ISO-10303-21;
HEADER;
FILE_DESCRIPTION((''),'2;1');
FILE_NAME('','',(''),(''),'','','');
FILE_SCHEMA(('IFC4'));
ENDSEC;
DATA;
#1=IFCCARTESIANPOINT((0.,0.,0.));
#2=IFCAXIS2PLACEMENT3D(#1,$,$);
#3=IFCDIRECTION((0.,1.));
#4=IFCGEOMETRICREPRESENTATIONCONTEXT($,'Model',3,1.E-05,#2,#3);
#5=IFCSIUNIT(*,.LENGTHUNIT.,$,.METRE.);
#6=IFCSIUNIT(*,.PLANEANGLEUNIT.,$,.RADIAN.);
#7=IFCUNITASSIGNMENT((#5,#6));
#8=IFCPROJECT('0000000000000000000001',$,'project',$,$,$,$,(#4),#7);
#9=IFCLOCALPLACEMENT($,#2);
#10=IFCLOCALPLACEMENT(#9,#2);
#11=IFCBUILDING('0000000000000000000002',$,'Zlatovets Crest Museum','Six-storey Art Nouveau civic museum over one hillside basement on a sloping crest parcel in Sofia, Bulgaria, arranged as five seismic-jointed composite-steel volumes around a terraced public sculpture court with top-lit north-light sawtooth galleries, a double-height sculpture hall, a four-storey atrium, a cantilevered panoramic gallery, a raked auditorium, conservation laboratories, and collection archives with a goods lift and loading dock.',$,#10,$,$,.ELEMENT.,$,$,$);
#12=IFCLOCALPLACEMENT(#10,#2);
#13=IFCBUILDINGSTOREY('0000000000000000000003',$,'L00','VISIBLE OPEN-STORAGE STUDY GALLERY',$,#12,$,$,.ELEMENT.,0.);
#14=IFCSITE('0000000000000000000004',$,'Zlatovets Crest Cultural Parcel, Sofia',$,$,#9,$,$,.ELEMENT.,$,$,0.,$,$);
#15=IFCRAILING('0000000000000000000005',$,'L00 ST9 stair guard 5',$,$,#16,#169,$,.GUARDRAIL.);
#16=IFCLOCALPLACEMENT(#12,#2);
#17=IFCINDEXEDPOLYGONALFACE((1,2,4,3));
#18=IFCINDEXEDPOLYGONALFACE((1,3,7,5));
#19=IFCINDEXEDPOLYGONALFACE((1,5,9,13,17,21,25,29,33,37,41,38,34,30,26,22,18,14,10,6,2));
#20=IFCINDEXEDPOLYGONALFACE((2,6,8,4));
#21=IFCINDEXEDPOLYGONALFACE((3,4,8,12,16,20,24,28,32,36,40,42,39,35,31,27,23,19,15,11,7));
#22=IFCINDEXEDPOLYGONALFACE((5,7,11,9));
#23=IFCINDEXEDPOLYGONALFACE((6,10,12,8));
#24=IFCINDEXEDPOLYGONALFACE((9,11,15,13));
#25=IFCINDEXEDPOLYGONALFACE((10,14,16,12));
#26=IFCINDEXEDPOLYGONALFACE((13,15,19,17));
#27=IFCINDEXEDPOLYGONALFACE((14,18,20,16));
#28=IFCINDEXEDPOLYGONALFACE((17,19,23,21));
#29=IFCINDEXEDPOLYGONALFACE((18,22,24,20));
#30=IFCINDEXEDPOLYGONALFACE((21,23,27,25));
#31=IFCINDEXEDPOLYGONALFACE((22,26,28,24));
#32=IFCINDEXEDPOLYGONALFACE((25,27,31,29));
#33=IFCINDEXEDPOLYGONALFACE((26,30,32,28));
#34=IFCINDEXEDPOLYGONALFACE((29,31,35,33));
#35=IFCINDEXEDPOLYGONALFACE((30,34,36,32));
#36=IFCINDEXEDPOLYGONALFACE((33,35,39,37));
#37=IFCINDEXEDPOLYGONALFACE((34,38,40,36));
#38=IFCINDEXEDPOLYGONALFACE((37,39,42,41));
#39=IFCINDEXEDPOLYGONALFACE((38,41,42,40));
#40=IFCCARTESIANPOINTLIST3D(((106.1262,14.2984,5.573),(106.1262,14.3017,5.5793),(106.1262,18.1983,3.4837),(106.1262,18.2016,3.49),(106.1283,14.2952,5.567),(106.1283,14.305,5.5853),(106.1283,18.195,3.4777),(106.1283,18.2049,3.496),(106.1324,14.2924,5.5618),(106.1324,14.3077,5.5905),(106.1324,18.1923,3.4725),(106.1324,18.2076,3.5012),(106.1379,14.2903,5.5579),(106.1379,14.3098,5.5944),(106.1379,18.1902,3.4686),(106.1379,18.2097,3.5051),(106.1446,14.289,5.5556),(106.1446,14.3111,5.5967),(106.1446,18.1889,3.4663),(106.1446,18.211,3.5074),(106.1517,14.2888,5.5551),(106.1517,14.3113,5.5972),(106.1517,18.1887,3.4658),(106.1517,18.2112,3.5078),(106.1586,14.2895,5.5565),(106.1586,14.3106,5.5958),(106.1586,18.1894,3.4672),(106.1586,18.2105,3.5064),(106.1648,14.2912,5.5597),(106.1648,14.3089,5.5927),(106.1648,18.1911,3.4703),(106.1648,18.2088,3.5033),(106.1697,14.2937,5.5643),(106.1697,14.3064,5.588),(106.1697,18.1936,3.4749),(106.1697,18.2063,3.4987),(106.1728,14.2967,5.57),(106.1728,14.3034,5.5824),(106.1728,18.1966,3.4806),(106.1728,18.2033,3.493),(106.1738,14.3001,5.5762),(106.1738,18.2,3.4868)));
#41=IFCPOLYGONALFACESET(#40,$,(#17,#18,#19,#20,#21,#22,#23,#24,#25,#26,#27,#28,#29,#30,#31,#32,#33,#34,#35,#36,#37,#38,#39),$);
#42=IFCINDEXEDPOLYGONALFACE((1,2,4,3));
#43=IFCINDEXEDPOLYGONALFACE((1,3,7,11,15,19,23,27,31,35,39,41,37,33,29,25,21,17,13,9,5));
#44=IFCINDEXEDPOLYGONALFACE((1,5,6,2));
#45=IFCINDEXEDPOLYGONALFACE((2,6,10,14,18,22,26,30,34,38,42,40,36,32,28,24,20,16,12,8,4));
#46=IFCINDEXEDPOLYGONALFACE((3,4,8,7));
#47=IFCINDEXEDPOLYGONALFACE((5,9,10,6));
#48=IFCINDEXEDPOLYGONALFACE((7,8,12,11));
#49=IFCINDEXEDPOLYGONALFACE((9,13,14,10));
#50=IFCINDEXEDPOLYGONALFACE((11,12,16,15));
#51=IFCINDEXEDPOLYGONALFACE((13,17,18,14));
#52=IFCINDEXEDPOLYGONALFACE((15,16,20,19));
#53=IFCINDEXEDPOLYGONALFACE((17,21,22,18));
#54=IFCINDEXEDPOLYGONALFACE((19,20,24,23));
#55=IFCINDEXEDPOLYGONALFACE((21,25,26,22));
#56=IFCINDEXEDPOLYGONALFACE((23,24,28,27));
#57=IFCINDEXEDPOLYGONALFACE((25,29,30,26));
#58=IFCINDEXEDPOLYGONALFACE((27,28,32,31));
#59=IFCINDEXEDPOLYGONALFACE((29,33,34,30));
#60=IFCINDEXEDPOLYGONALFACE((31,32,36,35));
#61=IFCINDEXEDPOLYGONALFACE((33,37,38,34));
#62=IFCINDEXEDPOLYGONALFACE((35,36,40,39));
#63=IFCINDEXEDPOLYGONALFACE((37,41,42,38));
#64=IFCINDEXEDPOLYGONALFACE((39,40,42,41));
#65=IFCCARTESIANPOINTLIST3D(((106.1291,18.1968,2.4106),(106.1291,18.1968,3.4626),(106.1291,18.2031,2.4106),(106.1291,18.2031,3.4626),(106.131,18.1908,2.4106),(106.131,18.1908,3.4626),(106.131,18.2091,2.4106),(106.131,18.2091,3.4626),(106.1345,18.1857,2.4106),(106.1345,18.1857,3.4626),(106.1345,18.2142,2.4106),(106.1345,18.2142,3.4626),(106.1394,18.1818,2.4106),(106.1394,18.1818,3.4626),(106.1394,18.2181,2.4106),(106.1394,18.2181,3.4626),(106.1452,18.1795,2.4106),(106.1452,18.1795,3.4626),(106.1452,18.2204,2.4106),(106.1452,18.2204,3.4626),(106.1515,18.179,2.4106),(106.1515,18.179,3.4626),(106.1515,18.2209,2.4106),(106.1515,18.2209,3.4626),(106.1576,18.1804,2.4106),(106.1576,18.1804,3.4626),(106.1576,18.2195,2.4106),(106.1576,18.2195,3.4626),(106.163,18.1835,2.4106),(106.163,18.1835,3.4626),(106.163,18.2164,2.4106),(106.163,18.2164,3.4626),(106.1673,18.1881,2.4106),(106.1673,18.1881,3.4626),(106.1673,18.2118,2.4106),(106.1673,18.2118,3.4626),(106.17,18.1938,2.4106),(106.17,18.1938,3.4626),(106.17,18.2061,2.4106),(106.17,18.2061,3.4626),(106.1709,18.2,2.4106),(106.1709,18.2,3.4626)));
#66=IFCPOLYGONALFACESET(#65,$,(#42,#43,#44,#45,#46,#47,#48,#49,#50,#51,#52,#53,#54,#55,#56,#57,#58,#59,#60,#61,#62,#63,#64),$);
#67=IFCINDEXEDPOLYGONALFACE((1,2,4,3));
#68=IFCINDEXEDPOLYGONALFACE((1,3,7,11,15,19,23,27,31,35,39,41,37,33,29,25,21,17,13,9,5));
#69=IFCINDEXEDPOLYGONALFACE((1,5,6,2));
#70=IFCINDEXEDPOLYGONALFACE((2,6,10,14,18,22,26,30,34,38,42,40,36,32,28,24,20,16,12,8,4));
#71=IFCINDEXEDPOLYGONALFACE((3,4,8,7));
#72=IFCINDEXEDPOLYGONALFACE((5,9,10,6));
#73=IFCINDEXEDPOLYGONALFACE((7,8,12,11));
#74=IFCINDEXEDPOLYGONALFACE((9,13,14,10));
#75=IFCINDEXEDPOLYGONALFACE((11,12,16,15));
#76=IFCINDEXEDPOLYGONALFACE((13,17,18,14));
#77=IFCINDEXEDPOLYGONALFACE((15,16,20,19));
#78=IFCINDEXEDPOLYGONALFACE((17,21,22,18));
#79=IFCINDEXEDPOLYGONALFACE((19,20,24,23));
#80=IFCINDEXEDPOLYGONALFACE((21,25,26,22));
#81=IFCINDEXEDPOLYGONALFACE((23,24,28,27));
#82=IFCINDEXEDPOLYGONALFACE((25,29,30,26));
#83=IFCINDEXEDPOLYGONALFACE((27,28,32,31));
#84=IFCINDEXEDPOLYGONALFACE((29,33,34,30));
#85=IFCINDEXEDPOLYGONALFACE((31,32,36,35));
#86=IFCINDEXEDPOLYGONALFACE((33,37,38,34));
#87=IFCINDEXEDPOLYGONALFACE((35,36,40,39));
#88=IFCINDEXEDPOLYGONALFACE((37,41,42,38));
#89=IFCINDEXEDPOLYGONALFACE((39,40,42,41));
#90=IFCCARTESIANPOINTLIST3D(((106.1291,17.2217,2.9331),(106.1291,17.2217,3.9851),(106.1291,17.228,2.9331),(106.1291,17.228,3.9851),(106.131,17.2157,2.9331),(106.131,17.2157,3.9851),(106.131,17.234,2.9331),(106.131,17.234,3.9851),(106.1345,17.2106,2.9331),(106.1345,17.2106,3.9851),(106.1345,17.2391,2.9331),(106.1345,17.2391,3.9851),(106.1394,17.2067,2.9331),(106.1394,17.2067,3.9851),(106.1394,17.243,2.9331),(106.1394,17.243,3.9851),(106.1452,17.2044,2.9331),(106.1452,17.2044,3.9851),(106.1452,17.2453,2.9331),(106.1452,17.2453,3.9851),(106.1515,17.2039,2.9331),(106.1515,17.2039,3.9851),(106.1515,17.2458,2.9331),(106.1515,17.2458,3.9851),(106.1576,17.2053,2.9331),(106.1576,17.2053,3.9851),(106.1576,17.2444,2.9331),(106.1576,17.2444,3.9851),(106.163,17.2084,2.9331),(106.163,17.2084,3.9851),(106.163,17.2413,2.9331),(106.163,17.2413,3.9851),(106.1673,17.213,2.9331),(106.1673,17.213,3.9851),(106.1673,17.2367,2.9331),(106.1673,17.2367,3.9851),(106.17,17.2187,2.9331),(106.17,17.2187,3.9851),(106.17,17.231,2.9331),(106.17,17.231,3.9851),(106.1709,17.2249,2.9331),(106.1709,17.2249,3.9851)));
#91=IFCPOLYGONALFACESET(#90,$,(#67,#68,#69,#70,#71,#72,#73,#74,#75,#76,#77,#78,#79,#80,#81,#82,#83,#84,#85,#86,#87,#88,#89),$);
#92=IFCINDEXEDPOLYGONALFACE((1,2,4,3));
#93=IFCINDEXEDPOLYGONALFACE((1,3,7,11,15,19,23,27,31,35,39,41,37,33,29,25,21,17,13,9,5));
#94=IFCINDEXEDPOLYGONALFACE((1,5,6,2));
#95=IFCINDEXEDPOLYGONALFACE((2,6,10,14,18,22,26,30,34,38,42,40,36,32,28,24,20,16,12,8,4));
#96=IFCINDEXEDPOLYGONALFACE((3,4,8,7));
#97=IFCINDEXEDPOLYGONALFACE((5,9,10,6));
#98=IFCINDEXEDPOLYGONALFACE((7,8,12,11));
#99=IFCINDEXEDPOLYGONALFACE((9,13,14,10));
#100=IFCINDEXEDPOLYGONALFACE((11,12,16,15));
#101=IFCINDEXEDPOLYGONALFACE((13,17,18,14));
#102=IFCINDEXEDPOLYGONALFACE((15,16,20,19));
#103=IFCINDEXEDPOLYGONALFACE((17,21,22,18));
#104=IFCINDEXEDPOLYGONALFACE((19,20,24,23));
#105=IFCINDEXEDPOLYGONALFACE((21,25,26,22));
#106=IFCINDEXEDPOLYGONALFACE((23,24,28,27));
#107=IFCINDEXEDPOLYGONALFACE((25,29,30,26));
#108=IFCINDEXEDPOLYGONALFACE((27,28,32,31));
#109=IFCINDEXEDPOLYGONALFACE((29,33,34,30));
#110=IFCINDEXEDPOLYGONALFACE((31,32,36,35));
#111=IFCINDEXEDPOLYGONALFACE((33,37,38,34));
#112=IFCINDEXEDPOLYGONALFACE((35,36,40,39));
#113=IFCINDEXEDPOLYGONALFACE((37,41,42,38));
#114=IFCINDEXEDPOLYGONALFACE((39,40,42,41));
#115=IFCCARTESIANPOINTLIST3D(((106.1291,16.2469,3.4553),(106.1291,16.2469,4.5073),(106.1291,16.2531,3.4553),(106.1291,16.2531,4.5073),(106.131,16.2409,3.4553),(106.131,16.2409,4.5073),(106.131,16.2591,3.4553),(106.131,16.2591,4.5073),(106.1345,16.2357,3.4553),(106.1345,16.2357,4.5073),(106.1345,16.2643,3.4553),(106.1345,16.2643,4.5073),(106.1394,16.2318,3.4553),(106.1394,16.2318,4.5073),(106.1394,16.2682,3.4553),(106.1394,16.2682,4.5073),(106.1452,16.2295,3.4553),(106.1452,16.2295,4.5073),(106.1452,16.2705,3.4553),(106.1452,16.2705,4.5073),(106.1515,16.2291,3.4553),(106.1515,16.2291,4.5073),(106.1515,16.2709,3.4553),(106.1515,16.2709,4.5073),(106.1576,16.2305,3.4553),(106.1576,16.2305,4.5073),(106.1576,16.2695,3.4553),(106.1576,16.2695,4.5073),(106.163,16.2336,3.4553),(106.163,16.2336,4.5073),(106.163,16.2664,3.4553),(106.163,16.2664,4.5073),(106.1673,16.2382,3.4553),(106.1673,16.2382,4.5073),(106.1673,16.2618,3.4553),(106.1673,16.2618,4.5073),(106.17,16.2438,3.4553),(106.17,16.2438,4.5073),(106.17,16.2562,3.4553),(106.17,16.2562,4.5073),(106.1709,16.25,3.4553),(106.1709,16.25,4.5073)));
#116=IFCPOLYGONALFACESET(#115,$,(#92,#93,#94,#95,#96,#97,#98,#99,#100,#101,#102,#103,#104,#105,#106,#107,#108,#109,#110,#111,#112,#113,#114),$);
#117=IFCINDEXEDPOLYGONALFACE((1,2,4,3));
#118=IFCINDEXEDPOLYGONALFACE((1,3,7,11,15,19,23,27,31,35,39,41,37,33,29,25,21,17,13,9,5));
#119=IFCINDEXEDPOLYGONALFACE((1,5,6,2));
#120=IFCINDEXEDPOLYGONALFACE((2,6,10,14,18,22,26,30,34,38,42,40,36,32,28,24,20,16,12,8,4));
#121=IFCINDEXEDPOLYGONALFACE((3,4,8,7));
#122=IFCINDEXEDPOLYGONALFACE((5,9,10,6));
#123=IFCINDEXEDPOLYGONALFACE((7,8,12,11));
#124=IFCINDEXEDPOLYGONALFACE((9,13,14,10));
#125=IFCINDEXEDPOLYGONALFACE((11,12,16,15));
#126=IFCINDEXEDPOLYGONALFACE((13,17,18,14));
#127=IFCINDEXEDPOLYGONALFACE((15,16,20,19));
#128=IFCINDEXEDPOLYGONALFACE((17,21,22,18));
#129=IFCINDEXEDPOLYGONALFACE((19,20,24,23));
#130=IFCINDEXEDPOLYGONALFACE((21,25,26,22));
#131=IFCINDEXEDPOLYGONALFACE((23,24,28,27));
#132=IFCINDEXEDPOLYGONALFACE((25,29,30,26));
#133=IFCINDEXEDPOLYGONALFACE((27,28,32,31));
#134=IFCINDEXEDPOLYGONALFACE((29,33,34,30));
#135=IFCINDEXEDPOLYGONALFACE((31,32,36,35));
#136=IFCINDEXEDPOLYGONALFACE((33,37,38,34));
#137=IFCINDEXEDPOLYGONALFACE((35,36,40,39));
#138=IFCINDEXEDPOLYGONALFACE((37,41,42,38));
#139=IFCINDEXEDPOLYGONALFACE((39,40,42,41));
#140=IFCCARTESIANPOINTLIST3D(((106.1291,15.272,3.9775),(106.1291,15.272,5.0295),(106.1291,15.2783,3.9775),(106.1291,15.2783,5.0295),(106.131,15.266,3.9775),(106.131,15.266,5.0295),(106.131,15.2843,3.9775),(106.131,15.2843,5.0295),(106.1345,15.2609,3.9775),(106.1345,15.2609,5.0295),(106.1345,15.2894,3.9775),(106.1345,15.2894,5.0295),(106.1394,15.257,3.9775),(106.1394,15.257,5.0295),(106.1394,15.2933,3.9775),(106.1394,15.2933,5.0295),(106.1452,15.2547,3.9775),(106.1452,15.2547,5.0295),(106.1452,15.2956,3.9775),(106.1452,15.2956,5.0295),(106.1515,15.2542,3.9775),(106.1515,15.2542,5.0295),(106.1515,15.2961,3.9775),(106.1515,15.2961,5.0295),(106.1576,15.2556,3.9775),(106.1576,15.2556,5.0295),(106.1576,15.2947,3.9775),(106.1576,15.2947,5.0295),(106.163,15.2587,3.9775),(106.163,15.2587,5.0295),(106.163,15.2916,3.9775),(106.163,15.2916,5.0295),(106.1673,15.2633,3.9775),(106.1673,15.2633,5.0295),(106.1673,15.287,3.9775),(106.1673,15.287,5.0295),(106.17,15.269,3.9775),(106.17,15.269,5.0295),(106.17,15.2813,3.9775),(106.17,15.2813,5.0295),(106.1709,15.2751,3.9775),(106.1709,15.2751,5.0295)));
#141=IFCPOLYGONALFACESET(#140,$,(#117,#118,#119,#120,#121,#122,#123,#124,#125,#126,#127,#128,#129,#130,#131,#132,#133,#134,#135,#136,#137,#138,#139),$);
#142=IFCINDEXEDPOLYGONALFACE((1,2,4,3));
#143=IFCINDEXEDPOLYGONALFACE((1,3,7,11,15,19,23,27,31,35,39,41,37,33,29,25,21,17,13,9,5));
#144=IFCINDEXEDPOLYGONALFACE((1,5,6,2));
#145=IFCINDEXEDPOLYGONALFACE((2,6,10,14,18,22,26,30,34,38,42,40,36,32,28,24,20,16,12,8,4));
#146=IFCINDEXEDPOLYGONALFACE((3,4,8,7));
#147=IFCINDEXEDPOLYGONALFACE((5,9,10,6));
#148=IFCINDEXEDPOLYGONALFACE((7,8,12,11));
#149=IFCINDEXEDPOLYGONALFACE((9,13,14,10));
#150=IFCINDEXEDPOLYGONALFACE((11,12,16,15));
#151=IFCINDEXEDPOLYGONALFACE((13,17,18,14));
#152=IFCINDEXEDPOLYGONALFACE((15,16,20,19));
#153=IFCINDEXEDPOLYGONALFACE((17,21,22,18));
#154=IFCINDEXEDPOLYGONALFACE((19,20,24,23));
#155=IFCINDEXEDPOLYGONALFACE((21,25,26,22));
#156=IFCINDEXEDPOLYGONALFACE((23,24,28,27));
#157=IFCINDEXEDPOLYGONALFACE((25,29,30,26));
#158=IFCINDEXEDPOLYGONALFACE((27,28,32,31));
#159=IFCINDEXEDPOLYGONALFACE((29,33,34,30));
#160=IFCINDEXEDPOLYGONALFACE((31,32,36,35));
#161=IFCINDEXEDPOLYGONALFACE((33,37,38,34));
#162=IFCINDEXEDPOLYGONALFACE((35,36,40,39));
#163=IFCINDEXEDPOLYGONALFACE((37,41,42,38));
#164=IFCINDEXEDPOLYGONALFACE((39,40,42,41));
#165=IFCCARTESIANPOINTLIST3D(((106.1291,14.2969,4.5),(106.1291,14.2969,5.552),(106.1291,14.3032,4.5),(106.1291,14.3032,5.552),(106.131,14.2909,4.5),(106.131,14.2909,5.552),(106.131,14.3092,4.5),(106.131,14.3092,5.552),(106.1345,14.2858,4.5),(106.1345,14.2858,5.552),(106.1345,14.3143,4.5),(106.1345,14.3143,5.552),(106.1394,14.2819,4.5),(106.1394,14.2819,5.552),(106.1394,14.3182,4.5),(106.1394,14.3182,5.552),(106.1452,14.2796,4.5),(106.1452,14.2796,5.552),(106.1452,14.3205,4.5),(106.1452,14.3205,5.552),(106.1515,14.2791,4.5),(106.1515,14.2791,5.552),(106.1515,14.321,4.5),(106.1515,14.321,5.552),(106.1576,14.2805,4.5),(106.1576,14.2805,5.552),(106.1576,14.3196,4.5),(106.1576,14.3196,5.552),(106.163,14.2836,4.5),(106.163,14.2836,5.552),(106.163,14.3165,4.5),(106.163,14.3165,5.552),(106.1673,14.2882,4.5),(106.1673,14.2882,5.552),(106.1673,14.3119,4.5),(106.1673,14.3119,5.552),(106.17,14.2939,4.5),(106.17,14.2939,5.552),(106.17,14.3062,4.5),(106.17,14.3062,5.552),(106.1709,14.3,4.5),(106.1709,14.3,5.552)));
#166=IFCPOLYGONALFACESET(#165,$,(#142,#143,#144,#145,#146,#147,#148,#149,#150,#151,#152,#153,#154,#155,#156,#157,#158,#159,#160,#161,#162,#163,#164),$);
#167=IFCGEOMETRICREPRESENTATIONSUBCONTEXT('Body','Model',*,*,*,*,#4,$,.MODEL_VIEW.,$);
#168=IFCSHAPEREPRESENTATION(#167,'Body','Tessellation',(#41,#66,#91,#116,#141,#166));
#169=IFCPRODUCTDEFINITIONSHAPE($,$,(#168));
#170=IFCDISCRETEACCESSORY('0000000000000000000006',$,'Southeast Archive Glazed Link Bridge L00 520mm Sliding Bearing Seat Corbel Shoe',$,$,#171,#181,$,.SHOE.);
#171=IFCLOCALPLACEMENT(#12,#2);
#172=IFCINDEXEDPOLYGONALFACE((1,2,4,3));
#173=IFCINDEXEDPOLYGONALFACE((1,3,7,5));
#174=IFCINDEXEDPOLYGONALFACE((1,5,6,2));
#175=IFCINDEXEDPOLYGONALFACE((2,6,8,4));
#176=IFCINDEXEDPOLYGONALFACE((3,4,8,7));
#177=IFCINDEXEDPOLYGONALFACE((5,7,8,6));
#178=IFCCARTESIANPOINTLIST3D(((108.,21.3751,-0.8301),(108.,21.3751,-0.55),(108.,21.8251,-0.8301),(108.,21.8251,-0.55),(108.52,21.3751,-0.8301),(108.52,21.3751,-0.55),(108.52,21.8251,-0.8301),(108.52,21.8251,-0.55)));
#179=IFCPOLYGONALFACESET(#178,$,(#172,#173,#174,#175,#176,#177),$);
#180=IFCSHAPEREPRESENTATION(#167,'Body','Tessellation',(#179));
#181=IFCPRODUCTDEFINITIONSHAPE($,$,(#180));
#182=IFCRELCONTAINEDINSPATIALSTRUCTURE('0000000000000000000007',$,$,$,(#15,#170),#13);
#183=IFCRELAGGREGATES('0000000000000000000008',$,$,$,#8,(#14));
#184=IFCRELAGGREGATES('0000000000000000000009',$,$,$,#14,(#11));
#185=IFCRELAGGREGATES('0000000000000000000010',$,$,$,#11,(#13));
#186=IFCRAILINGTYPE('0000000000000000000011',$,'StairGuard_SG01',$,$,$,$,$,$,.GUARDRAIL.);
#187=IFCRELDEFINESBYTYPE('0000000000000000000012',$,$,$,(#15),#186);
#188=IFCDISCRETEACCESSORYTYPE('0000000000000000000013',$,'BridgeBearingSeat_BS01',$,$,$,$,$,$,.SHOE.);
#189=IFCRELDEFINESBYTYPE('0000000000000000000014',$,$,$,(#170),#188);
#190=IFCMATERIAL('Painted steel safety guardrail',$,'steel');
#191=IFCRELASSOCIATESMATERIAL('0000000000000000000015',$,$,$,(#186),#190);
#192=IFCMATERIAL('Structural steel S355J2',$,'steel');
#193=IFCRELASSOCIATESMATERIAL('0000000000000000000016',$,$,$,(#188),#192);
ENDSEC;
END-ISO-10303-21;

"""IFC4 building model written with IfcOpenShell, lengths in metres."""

from ifc_helpers import new_model, si_unit, direction, frame, origin, origin_2d, place, context, subcontext, project, spatial, rectangle, circle, extrude, material, type_object, element, save


model = new_model("IFC4")

# Units and contexts
model_context = context("Model", 3, precision=1e-05, world=origin(), true_north=direction((0.0, 1.0)))
body_context = subcontext(model_context, "Body", "Model", "MODEL_VIEW")
ifc_project = project(units=[si_unit("LENGTHUNIT", "METRE"), si_unit("PLANEANGLEUNIT", "RADIAN")], contexts=[model_context])

# Site, building, storey
site_placement = place(None, origin())
site = spatial("IfcSite", under=ifc_project, at=site_placement, Name="Zlatovets Crest Cultural Parcel, Sofia", CompositionType="ELEMENT", RefElevation=0.0)
building_placement = place(site_placement, origin())
building = spatial("IfcBuilding", under=site, at=building_placement, Name="Zlatovets Crest Museum", Description="Six-storey Art Nouveau civic museum over one hillside basement on a sloping crest parcel in Sofia, Bulgaria, arranged as five seismic-jointed composite-steel volumes around a terraced public sculpture court with top-lit north-light sawtooth galleries, a double-height sculpture hall, a four-storey atrium, a cantilevered panoramic gallery, a raked auditorium, conservation laboratories, and collection archives with a goods lift and loading dock.", CompositionType="ELEMENT")
storey_placement = place(building_placement, origin())
storey = spatial("IfcBuildingStorey", under=building, at=storey_placement, Name="L00", Description="VISIBLE OPEN-STORAGE STUDY GALLERY", CompositionType="ELEMENT", Elevation=0.0)

# Shared definitions
ifc_material_1 = material(Name="Structural steel S355J2", Category="steel")

# Railing
ifc_material_2 = material(Name="Painted steel safety guardrail", Category="steel")
railing_type = type_object("IfcRailingType", Name="StairGuard_SG01", PredefinedType="GUARDRAIL", material=ifc_material_2)
railing_1_placement = place(storey_placement, frame((106.1499, 18.2, 2.4106)))
element("IfcRailing", 1, at=railing_1_placement, inside=storey, type_object=railing_type, Name="L00 ST9 stair guard 5", PredefinedType="GUARDRAIL", context=body_context, shape_type="SweptSolid", body=[
    extrude(circle(Radius=0.0239, at=origin_2d()), frame((0.0, 0.0, 1.0762), z_axis=(0.0, -0.881468, 0.472243), x_axis=(1.0, 0.0, 0.0)), (0.0, 0.0, 1.0), 4.4243),
    extrude(circle(Radius=0.021, at=origin_2d()), origin(), (0.0, 0.0, 1.0), 1.052),
    extrude(circle(Radius=0.021, at=origin_2d()), frame((0.0, -0.9751, 0.5225)), (0.0, 0.0, 1.0), 1.052),
    extrude(circle(Radius=0.021, at=origin_2d()), frame((0.0, -1.95, 1.0447)), (0.0, 0.0, 1.0), 1.052),
    extrude(circle(Radius=0.021, at=origin_2d()), frame((0.0, -2.9248, 1.5669)), (0.0, 0.0, 1.0), 1.052),
    extrude(circle(Radius=0.021, at=origin_2d()), frame((0.0, -3.8999, 2.0894)), (0.0, 0.0, 1.0), 1.052),
])

# Discrete accessory
discrete_accessory_type = type_object("IfcDiscreteAccessoryType", Name="BridgeBearingSeat_BS01", PredefinedType="SHOE", material=ifc_material_1)
discrete_accessory_placement = place(storey_placement, frame((108.26, 21.6001, -0.8301), z_axis=(0.0, 0.0, 1.0), x_axis=(1.0, 0.0, 0.0)))
element("IfcDiscreteAccessory", 2, at=discrete_accessory_placement, inside=storey, type_object=discrete_accessory_type, Name="Southeast Archive Glazed Link Bridge L00 520mm Sliding Bearing Seat Corbel Shoe", PredefinedType="SHOE", context=body_context, shape_type="SweptSolid", body=[
    extrude(rectangle(XDim=0.52, YDim=0.45, at=origin_2d()), origin(), (0.0, 0.0, 1.0), 0.28),
])

save(model, "model.ifc")
